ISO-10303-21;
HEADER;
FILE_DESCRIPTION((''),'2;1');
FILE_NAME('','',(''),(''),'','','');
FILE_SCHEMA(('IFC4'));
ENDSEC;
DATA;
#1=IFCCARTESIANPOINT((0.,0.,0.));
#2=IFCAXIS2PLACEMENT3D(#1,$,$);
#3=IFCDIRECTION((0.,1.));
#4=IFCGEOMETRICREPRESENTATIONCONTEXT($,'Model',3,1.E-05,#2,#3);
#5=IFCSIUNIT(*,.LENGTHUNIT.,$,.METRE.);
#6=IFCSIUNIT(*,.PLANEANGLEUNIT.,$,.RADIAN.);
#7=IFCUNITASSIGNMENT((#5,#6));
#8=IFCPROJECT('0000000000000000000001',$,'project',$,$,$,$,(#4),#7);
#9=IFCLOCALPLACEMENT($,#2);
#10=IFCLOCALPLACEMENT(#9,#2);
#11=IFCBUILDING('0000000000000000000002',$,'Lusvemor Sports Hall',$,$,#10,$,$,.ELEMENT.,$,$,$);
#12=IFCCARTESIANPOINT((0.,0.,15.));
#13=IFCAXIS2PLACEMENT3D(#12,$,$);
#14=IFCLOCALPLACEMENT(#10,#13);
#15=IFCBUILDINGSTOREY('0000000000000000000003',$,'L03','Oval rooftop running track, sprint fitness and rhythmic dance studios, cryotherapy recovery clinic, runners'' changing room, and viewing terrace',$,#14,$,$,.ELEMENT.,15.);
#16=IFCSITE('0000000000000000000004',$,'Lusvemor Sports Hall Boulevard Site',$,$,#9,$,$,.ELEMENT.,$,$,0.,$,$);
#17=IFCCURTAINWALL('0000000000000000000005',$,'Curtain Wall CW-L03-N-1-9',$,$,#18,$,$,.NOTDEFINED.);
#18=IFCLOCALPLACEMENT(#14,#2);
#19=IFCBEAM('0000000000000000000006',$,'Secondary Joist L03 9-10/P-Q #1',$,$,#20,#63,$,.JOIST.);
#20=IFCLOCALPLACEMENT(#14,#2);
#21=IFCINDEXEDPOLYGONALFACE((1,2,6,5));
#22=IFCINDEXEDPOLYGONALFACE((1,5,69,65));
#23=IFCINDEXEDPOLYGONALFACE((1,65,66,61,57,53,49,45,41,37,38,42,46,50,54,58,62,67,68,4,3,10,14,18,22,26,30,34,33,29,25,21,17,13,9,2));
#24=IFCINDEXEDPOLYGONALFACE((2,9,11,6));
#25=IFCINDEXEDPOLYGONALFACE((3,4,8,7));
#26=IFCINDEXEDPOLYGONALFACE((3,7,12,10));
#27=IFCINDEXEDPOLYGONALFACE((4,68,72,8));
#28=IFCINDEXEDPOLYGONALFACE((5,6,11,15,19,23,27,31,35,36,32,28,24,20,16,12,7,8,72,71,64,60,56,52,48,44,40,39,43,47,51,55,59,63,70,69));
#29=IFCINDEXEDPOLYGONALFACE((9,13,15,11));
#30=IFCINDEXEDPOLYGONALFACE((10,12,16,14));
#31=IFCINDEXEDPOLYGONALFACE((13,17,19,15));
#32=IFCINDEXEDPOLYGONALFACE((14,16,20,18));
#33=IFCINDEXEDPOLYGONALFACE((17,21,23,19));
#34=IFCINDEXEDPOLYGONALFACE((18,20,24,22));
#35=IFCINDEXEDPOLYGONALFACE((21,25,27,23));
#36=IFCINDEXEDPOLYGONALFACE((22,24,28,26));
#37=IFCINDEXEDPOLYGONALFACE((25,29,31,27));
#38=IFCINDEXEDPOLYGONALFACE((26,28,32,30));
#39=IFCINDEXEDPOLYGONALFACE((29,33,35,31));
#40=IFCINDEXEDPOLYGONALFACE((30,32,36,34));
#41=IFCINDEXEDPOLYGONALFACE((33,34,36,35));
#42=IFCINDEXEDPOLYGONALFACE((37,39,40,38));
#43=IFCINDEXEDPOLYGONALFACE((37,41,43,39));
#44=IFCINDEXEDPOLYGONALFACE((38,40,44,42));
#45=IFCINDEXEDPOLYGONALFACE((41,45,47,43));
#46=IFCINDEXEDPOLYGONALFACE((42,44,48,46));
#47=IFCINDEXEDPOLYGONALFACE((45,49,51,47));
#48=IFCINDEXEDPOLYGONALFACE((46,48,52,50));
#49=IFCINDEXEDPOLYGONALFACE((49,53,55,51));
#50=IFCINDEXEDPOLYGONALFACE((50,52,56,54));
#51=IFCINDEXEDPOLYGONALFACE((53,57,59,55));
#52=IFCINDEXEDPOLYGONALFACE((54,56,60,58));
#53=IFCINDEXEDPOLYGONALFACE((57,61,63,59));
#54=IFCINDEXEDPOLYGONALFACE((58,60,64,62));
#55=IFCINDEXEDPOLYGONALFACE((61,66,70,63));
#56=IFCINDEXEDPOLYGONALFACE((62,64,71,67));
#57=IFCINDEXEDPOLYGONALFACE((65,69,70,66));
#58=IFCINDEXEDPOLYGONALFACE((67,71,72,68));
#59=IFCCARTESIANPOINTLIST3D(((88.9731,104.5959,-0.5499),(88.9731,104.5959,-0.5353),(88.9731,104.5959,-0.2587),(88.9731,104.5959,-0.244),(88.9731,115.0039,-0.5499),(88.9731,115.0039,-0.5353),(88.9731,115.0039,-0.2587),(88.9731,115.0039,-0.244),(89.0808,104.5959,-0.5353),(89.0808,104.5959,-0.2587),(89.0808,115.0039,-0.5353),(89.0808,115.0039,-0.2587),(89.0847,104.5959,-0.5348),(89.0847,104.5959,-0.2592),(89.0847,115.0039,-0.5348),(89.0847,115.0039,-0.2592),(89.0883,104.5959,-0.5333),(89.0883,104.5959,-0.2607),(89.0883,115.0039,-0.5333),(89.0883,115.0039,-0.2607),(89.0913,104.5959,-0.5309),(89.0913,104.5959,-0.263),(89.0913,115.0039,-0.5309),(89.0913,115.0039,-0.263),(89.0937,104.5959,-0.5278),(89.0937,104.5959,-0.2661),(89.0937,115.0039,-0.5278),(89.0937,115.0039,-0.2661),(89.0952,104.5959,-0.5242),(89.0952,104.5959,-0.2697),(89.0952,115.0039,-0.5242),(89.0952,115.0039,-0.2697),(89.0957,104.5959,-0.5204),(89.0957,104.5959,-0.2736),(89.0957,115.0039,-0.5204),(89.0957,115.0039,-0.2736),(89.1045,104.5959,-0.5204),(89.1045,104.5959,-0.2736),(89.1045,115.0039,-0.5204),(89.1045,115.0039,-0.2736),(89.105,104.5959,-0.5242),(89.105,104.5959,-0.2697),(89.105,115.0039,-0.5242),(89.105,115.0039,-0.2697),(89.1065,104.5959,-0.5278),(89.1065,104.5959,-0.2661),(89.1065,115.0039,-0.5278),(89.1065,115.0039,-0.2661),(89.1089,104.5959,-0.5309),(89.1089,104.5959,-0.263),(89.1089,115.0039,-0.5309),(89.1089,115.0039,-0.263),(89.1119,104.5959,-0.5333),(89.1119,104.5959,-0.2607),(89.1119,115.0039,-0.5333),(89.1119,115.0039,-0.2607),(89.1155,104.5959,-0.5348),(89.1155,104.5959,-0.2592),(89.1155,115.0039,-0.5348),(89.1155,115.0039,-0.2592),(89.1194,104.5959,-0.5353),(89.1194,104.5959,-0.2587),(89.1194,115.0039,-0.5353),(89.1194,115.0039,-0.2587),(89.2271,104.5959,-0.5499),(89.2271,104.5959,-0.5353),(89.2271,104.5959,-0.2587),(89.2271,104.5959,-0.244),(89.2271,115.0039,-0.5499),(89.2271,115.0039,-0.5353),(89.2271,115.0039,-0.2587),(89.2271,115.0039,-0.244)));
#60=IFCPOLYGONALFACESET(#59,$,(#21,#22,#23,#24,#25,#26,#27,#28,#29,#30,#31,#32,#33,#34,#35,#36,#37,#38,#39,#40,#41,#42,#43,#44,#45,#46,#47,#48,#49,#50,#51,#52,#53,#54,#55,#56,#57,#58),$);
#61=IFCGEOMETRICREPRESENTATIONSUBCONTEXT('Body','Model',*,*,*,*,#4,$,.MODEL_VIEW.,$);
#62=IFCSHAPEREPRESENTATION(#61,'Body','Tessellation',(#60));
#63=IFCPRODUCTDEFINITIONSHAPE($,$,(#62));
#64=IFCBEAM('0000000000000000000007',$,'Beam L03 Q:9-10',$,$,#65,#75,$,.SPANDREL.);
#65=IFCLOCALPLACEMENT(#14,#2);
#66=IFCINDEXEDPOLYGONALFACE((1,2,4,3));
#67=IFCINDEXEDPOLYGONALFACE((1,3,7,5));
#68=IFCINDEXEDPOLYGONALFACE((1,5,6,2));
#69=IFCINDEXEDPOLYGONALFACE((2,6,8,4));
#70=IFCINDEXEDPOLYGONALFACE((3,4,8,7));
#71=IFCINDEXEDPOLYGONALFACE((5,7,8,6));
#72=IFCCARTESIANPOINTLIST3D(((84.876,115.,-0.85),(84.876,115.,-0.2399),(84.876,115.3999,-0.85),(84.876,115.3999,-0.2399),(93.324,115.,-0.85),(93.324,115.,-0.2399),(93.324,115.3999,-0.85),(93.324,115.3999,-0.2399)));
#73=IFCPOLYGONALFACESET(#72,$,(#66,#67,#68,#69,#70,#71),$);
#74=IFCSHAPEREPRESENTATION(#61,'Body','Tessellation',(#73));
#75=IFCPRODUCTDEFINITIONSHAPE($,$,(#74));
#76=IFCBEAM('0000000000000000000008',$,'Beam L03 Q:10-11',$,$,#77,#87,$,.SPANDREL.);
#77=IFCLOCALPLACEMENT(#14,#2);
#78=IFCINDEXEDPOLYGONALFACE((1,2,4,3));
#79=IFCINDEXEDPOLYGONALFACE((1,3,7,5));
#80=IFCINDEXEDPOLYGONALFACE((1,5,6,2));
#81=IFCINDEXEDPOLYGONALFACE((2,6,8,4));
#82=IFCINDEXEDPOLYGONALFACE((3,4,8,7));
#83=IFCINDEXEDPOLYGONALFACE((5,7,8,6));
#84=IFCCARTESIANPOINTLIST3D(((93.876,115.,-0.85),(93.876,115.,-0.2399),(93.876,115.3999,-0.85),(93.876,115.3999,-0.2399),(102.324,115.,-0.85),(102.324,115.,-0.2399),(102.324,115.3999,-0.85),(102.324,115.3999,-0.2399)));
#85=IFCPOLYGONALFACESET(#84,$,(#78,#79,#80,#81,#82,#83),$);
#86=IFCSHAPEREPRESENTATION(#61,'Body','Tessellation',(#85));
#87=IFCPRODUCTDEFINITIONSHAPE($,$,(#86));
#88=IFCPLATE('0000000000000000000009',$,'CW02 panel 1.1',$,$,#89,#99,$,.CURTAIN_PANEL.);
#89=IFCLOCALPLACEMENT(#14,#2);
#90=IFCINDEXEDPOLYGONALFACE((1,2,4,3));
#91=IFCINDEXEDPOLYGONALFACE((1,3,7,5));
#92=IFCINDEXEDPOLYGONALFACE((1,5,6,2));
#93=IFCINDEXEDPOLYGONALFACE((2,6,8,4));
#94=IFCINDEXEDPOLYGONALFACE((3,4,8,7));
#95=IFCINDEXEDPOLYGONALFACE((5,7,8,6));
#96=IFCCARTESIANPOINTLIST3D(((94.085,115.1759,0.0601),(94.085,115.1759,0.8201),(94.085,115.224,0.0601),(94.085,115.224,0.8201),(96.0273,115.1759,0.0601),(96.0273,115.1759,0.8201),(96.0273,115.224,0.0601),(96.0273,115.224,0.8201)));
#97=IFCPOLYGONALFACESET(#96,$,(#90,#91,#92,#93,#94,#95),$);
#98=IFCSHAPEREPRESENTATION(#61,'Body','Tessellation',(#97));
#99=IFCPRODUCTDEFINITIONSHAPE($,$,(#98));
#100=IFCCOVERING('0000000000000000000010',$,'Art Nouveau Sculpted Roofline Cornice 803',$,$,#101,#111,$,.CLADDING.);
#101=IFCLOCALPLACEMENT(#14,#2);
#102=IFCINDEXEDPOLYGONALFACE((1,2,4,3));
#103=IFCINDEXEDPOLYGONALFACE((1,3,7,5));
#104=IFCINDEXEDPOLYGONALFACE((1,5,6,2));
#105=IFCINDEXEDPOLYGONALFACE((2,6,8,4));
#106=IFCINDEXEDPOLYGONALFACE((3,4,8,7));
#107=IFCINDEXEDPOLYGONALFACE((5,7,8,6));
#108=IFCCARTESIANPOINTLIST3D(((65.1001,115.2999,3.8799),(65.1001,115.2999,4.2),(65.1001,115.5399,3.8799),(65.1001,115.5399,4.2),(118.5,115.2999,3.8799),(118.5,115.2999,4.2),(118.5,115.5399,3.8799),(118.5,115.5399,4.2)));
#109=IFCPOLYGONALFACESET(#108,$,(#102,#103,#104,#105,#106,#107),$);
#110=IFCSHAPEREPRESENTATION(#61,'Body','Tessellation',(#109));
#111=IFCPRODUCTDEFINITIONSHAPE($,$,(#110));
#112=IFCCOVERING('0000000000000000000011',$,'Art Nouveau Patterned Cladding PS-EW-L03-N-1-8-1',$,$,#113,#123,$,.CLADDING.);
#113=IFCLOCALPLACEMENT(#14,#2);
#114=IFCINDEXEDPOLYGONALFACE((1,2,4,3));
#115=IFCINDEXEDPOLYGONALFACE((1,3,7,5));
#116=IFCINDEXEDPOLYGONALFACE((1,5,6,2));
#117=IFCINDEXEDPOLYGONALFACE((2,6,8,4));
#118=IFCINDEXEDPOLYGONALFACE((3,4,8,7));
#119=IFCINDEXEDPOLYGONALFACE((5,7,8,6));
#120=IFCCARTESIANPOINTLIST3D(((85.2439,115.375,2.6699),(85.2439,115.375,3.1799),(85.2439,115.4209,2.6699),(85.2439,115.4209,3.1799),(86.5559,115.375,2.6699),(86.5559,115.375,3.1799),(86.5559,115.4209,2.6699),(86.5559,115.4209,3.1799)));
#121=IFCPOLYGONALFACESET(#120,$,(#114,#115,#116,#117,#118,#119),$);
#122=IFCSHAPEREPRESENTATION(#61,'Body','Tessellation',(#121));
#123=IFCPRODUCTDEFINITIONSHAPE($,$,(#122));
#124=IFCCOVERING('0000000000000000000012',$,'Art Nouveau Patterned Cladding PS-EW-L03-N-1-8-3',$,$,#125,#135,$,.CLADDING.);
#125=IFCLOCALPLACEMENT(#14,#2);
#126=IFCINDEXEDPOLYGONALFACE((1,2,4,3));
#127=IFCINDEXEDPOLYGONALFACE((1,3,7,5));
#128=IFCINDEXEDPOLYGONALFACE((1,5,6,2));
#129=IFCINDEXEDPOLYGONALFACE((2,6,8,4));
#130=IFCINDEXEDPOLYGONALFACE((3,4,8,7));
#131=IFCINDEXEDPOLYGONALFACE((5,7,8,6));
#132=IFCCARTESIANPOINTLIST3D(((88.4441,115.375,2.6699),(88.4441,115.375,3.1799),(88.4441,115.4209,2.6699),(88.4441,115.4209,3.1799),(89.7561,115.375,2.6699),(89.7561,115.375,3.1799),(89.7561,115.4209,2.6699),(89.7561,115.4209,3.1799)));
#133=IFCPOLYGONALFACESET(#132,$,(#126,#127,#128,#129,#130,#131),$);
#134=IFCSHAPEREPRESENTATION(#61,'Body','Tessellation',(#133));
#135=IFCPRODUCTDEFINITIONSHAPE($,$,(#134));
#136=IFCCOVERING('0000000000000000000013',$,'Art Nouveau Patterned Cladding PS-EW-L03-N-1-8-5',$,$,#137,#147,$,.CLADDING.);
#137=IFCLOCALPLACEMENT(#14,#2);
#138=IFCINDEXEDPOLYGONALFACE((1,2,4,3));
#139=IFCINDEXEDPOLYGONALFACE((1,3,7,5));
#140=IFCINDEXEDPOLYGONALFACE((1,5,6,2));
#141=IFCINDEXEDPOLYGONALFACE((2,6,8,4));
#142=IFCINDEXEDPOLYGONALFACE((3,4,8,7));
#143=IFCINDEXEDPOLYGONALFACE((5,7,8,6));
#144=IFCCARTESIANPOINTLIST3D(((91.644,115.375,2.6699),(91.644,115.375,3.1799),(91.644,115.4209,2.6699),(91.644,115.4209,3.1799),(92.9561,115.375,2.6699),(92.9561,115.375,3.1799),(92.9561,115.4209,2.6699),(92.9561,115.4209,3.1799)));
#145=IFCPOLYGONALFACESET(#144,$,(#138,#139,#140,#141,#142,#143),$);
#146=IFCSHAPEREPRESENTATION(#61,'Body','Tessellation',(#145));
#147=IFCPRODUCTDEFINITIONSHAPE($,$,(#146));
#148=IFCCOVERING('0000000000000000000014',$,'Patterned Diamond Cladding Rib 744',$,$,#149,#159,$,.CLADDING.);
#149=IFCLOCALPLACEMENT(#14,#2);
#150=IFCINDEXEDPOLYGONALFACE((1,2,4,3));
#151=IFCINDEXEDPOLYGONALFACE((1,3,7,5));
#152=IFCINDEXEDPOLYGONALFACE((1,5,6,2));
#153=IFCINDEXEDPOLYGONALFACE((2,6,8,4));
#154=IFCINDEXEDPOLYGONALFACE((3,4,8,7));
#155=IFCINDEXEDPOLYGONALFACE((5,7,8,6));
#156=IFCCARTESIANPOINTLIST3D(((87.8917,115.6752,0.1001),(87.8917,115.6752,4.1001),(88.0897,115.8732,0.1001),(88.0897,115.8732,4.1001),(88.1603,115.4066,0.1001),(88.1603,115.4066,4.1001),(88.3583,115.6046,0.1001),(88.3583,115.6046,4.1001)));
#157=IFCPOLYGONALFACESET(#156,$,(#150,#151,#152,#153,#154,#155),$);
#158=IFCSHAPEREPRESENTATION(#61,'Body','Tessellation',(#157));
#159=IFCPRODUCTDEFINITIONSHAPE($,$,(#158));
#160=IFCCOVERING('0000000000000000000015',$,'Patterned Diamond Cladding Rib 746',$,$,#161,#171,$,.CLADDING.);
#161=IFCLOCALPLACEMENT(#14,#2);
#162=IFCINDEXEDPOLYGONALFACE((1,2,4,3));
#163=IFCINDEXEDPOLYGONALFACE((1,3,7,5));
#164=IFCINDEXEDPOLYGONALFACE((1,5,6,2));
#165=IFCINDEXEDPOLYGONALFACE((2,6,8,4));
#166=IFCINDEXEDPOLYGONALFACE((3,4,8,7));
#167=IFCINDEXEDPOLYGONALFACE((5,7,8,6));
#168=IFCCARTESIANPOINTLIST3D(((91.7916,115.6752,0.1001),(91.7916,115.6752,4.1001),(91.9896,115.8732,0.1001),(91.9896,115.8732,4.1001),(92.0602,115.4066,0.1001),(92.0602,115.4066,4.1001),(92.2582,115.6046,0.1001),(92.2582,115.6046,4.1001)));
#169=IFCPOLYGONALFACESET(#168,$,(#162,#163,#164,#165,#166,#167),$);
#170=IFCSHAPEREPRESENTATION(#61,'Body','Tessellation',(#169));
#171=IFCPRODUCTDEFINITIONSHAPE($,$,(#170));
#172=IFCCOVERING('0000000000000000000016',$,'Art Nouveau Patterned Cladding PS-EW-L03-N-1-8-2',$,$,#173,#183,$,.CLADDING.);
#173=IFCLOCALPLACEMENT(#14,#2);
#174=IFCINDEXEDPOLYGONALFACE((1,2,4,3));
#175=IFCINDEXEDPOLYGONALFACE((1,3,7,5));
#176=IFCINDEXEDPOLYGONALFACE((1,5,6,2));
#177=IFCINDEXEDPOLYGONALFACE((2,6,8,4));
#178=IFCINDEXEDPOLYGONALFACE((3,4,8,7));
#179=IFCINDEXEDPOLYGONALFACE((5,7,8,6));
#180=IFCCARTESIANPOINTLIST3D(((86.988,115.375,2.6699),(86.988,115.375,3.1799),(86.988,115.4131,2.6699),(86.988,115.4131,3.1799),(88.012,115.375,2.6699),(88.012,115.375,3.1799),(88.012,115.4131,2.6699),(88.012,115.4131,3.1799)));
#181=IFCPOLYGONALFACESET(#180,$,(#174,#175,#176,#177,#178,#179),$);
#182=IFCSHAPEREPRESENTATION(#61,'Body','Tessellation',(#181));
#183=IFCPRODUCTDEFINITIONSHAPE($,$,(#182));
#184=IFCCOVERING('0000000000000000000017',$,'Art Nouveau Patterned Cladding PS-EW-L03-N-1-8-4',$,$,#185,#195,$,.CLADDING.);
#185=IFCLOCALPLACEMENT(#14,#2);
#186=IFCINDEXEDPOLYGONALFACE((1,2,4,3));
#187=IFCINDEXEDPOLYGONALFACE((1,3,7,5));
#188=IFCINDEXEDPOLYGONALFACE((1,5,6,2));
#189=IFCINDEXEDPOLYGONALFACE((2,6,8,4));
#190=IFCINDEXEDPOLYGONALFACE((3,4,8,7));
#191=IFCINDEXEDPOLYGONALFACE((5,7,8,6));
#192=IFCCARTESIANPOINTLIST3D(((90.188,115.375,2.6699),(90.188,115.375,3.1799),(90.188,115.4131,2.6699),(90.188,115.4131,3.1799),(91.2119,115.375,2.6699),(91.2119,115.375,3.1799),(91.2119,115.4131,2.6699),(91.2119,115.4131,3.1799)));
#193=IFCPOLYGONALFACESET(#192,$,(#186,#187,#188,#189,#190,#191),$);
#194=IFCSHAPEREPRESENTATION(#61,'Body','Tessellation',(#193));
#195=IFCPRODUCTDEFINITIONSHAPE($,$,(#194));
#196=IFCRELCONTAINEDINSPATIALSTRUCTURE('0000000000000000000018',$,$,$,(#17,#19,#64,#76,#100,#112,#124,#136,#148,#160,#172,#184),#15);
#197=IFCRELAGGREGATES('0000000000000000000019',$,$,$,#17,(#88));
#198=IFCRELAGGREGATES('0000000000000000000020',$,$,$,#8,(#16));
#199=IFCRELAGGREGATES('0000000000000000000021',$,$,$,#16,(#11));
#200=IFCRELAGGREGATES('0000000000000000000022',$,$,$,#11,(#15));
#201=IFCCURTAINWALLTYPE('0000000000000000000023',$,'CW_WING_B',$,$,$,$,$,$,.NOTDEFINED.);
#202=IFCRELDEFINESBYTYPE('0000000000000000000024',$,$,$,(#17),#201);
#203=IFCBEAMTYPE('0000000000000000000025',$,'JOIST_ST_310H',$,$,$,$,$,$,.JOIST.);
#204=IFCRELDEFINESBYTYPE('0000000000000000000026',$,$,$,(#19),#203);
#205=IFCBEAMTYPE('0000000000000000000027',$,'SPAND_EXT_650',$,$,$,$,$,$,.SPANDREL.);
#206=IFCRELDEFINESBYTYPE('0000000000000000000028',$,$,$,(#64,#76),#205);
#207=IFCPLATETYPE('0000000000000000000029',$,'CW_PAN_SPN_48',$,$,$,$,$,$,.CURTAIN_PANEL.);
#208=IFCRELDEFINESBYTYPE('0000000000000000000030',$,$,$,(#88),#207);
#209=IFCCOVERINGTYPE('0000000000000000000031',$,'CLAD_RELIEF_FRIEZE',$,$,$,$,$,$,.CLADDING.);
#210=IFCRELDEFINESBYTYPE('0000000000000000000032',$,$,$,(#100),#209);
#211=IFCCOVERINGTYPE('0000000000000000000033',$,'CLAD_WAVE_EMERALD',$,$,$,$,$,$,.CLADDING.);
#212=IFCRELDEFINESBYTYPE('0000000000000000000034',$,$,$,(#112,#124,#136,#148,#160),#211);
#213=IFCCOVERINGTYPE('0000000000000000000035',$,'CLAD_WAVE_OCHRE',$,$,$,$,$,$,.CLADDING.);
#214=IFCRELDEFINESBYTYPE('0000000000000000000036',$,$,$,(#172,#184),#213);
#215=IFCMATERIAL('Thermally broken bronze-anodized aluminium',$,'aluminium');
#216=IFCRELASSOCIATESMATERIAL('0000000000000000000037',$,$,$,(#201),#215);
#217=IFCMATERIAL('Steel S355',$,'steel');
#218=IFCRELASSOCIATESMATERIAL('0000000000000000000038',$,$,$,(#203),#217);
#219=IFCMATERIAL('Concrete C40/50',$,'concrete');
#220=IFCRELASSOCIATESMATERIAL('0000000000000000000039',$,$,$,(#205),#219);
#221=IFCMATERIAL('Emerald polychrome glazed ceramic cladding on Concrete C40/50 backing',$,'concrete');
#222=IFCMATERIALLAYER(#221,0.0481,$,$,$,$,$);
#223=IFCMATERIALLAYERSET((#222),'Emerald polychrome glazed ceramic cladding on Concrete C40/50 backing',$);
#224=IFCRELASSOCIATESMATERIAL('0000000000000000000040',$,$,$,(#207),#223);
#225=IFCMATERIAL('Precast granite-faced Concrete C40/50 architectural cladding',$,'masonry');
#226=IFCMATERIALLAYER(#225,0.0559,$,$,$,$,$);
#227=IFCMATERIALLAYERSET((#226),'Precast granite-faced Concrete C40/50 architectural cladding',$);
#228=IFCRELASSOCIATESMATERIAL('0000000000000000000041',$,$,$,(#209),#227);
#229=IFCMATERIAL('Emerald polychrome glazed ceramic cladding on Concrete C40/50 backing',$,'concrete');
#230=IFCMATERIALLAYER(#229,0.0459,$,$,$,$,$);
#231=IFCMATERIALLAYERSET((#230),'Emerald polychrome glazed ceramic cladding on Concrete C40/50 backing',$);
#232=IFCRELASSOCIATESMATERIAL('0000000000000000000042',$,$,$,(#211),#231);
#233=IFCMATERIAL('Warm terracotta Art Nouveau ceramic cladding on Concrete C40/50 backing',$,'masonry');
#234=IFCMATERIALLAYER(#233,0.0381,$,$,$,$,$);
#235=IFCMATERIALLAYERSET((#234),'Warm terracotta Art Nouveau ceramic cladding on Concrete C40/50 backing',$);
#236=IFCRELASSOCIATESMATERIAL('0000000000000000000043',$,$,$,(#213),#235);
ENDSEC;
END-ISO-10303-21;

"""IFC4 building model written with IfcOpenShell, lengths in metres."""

from ifc_helpers import new_model, si_unit, direction, frame, origin, origin_2d, place, context, subcontext, project, spatial, rectangle, i_section, extrude, material, layer, layer_set, material_profile, profile_set, type_object, element, aggregate, save


model = new_model("IFC4")

# Units and contexts
model_context = context("Model", 3, precision=1e-05, world=origin(), true_north=direction((0.0, 1.0)))
body_context = subcontext(model_context, "Body", "Model", "MODEL_VIEW")
ifc_project = project(units=[si_unit("LENGTHUNIT", "METRE"), si_unit("PLANEANGLEUNIT", "RADIAN")], contexts=[model_context])

# Site, building, storey
site_placement = place(None, origin())
site = spatial("IfcSite", under=ifc_project, at=site_placement, Name="Lusvemor Sports Hall Boulevard Site", CompositionType="ELEMENT", RefElevation=0.0)
building_placement = place(site_placement, origin())
building = spatial("IfcBuilding", under=site, at=building_placement, Name="Lusvemor Sports Hall", CompositionType="ELEMENT")
storey_placement = place(building_placement, frame((0.0, 0.0, 15.0)))
storey = spatial("IfcBuildingStorey", under=building, at=storey_placement, Name="L03", Description="Oval rooftop running track, sprint fitness and rhythmic dance studios, cryotherapy recovery clinic, runners' changing room, and viewing terrace", CompositionType="ELEMENT", Elevation=15.0)

# Curtain wall
ifc_material_1 = material(Name="Thermally broken bronze-anodized aluminium", Category="aluminium")
curtain_wall_type = type_object("IfcCurtainWallType", Name="CW_WING_B", PredefinedType="NOTDEFINED", material=ifc_material_1)
curtain_wall_placement = place(storey_placement, origin())
curtain_wall = element("IfcCurtainWall", 1, at=curtain_wall_placement, inside=storey, type_object=curtain_wall_type, Name="Curtain Wall CW-L03-N-1-9", PredefinedType="NOTDEFINED")

# Beams
ifc_material_2 = material(Name="Steel S355", Category="steel")
ifc_material_profile_1 = material_profile(ifc_material_2, i_section(OverallWidth=0.2539, OverallDepth=0.3059, WebThickness=0.0088, FlangeThickness=0.0146, FilletRadius=0.0149, at=origin_2d()), Name="W310x79.0")
ifc_profile_set_1 = profile_set([ifc_material_profile_1], Name="Steel S355")
beam_type_1 = type_object("IfcBeamType", Name="JOIST_ST_310H", PredefinedType="JOIST", material=ifc_profile_set_1)
beam_placement = place(storey_placement, frame((89.1001, 104.5959, -0.397), z_axis=(0.0, 1.0, 0.0), x_axis=(-1.0, 0.0, 0.0)))
element("IfcBeam", 2, at=beam_placement, inside=storey, type_object=beam_type_1, Name="Secondary Joist L03 9-10/P-Q #1", PredefinedType="JOIST", context=body_context, shape_type="SweptSolid", body=[
    extrude(i_section(OverallWidth=0.2539, OverallDepth=0.3059, WebThickness=0.0088, FlangeThickness=0.0146, FilletRadius=0.0149, at=origin_2d()), origin(), (0.0, 0.0, 1.0), 10.408),
])
ifc_material_3 = material(Name="Concrete C40/50", Category="concrete")
ifc_material_profile_2 = material_profile(ifc_material_3, rectangle(XDim=0.3999, YDim=0.6101, at=origin_2d()), Name="RC400x610")
ifc_profile_set_2 = profile_set([ifc_material_profile_2], Name="Concrete C40/50")
beam_type_2 = type_object("IfcBeamType", Name="SPAND_EXT_650", PredefinedType="SPANDREL", material=ifc_profile_set_2)
for number, where, z_axis, x_axis, name in (
    (3, (84.876, 115.2, -0.5449), (1.0, 0.0, 0.0), (0.0, 1.0, 0.0), "Beam L03 Q:9-10"),
    (4, (93.876, 115.2, -0.5449), (1.0, 0.0, 0.0), (0.0, 1.0, 0.0), "Beam L03 Q:10-11"),
):
    element("IfcBeam", number, at=place(storey_placement, frame(where, z_axis=z_axis, x_axis=x_axis)), inside=storey, type_object=beam_type_2, Name=name, PredefinedType="SPANDREL", context=body_context, shape_type="SweptSolid", body=[
        extrude(rectangle(XDim=0.3999, YDim=0.6101, at=origin_2d()), origin(), (0.0, 0.0, 1.0), 8.448),
    ])

# Plate
ifc_material_4 = material(Name="Emerald polychrome glazed ceramic cladding on Concrete C40/50 backing", Category="concrete")
ifc_layer_1 = layer(ifc_material_4, 0.0481)
ifc_layer_set_1 = layer_set([ifc_layer_1], Name="Emerald polychrome glazed ceramic cladding on Concrete C40/50 backing")
plate_type = type_object("IfcPlateType", Name="CW_PAN_SPN_48", PredefinedType="CURTAIN_PANEL", material=ifc_layer_set_1)
plate_placement = place(storey_placement, frame((95.0562, 115.2, 0.0601), z_axis=(0.0, 0.0, 1.0), x_axis=(1.0, 0.0, 0.0)))
plate = element("IfcPlate", 5, at=plate_placement, type_object=plate_type, Name="CW02 panel 1.1", PredefinedType="CURTAIN_PANEL", context=body_context, shape_type="SweptSolid", body=[
    extrude(rectangle(XDim=1.9424, YDim=0.0481, at=origin_2d()), origin(), (0.0, 0.0, 1.0), 0.76),
])
aggregate(curtain_wall, [plate])

# Coverings
ifc_material_5 = material(Name="Precast granite-faced Concrete C40/50 architectural cladding", Category="masonry")
ifc_layer_2 = layer(ifc_material_5, 0.0559)
ifc_layer_set_2 = layer_set([ifc_layer_2], Name="Precast granite-faced Concrete C40/50 architectural cladding")
covering_type_1 = type_object("IfcCoveringType", Name="CLAD_RELIEF_FRIEZE", PredefinedType="CLADDING", material=ifc_layer_set_2)
covering_1_placement = place(storey_placement, frame((91.8, 115.4199, 3.8799), z_axis=(0.0, 0.0, 1.0), x_axis=(1.0, 0.0, 0.0)))
element("IfcCovering", 6, at=covering_1_placement, inside=storey, type_object=covering_type_1, Name="Art Nouveau Sculpted Roofline Cornice 803", PredefinedType="CLADDING", context=body_context, shape_type="SweptSolid", body=[
    extrude(rectangle(XDim=53.3999, YDim=0.24, at=origin_2d()), origin(), (0.0, 0.0, 1.0), 0.3201),
])
ifc_material_6 = material(Name="Emerald polychrome glazed ceramic cladding on Concrete C40/50 backing", Category="concrete")
ifc_layer_3 = layer(ifc_material_6, 0.0459)
ifc_layer_set_3 = layer_set([ifc_layer_3], Name="Emerald polychrome glazed ceramic cladding on Concrete C40/50 backing")
covering_type_2 = type_object("IfcCoveringType", Name="CLAD_WAVE_EMERALD", PredefinedType="CLADDING", material=ifc_layer_set_3)
for number, where, z_axis, x_axis, name in (
    (7, (85.8999, 115.3979, 2.6699), (0.0, 0.0, 1.0), (1.0, 0.0, 0.0), "Art Nouveau Patterned Cladding PS-EW-L03-N-1-8-1"),
    (8, (89.1001, 115.3979, 2.6699), (0.0, 0.0, 1.0), (1.0, 0.0, 0.0), "Art Nouveau Patterned Cladding PS-EW-L03-N-1-8-3"),
    (9, (92.3, 115.3979, 2.6699), (0.0, 0.0, 1.0), (1.0, 0.0, 0.0), "Art Nouveau Patterned Cladding PS-EW-L03-N-1-8-5"),
):
    element("IfcCovering", number, at=place(storey_placement, frame(where, z_axis=z_axis, x_axis=x_axis)), inside=storey, type_object=covering_type_2, Name=name, PredefinedType="CLADDING", context=body_context, shape_type="SweptSolid", body=[
        extrude(rectangle(XDim=1.312, YDim=0.0459, at=origin_2d()), origin(), (0.0, 0.0, 1.0), 0.51),
    ])
for number, where, z_axis, x_axis, name in (
    (10, (88.125, 115.6399, 0.1001), (0.0, 0.0, 1.0), (0.707107, 0.707107, 0.0), "Patterned Diamond Cladding Rib 744"),
    (11, (92.0249, 115.6399, 0.1001), (0.0, 0.0, 1.0), (0.707107, 0.707107, 0.0), "Patterned Diamond Cladding Rib 746"),
):
    element("IfcCovering", number, at=place(storey_placement, frame(where, z_axis=z_axis, x_axis=x_axis)), inside=storey, type_object=covering_type_2, Name=name, PredefinedType="CLADDING", context=body_context, shape_type="SweptSolid", body=[
        extrude(rectangle(XDim=0.28, YDim=0.3799, at=origin_2d()), origin(), (0.0, 0.0, 1.0), 4.0),
    ])
ifc_material_7 = material(Name="Warm terracotta Art Nouveau ceramic cladding on Concrete C40/50 backing", Category="masonry")
ifc_layer_4 = layer(ifc_material_7, 0.0381)
ifc_layer_set_4 = layer_set([ifc_layer_4], Name="Warm terracotta Art Nouveau ceramic cladding on Concrete C40/50 backing")
covering_type_3 = type_object("IfcCoveringType", Name="CLAD_WAVE_OCHRE", PredefinedType="CLADDING", material=ifc_layer_set_4)
for number, where, z_axis, x_axis, name in (
    (12, (87.5, 115.394, 2.6699), (0.0, 0.0, 1.0), (1.0, 0.0, 0.0), "Art Nouveau Patterned Cladding PS-EW-L03-N-1-8-2"),
    (13, (90.7, 115.394, 2.6699), (0.0, 0.0, 1.0), (1.0, 0.0, 0.0), "Art Nouveau Patterned Cladding PS-EW-L03-N-1-8-4"),
):
    element("IfcCovering", number, at=place(storey_placement, frame(where, z_axis=z_axis, x_axis=x_axis)), inside=storey, type_object=covering_type_3, Name=name, PredefinedType="CLADDING", context=body_context, shape_type="SweptSolid", body=[
        extrude(rectangle(XDim=1.0239, YDim=0.0381, at=origin_2d()), origin(), (0.0, 0.0, 1.0), 0.51),
    ])

save(model, "model.ifc")
